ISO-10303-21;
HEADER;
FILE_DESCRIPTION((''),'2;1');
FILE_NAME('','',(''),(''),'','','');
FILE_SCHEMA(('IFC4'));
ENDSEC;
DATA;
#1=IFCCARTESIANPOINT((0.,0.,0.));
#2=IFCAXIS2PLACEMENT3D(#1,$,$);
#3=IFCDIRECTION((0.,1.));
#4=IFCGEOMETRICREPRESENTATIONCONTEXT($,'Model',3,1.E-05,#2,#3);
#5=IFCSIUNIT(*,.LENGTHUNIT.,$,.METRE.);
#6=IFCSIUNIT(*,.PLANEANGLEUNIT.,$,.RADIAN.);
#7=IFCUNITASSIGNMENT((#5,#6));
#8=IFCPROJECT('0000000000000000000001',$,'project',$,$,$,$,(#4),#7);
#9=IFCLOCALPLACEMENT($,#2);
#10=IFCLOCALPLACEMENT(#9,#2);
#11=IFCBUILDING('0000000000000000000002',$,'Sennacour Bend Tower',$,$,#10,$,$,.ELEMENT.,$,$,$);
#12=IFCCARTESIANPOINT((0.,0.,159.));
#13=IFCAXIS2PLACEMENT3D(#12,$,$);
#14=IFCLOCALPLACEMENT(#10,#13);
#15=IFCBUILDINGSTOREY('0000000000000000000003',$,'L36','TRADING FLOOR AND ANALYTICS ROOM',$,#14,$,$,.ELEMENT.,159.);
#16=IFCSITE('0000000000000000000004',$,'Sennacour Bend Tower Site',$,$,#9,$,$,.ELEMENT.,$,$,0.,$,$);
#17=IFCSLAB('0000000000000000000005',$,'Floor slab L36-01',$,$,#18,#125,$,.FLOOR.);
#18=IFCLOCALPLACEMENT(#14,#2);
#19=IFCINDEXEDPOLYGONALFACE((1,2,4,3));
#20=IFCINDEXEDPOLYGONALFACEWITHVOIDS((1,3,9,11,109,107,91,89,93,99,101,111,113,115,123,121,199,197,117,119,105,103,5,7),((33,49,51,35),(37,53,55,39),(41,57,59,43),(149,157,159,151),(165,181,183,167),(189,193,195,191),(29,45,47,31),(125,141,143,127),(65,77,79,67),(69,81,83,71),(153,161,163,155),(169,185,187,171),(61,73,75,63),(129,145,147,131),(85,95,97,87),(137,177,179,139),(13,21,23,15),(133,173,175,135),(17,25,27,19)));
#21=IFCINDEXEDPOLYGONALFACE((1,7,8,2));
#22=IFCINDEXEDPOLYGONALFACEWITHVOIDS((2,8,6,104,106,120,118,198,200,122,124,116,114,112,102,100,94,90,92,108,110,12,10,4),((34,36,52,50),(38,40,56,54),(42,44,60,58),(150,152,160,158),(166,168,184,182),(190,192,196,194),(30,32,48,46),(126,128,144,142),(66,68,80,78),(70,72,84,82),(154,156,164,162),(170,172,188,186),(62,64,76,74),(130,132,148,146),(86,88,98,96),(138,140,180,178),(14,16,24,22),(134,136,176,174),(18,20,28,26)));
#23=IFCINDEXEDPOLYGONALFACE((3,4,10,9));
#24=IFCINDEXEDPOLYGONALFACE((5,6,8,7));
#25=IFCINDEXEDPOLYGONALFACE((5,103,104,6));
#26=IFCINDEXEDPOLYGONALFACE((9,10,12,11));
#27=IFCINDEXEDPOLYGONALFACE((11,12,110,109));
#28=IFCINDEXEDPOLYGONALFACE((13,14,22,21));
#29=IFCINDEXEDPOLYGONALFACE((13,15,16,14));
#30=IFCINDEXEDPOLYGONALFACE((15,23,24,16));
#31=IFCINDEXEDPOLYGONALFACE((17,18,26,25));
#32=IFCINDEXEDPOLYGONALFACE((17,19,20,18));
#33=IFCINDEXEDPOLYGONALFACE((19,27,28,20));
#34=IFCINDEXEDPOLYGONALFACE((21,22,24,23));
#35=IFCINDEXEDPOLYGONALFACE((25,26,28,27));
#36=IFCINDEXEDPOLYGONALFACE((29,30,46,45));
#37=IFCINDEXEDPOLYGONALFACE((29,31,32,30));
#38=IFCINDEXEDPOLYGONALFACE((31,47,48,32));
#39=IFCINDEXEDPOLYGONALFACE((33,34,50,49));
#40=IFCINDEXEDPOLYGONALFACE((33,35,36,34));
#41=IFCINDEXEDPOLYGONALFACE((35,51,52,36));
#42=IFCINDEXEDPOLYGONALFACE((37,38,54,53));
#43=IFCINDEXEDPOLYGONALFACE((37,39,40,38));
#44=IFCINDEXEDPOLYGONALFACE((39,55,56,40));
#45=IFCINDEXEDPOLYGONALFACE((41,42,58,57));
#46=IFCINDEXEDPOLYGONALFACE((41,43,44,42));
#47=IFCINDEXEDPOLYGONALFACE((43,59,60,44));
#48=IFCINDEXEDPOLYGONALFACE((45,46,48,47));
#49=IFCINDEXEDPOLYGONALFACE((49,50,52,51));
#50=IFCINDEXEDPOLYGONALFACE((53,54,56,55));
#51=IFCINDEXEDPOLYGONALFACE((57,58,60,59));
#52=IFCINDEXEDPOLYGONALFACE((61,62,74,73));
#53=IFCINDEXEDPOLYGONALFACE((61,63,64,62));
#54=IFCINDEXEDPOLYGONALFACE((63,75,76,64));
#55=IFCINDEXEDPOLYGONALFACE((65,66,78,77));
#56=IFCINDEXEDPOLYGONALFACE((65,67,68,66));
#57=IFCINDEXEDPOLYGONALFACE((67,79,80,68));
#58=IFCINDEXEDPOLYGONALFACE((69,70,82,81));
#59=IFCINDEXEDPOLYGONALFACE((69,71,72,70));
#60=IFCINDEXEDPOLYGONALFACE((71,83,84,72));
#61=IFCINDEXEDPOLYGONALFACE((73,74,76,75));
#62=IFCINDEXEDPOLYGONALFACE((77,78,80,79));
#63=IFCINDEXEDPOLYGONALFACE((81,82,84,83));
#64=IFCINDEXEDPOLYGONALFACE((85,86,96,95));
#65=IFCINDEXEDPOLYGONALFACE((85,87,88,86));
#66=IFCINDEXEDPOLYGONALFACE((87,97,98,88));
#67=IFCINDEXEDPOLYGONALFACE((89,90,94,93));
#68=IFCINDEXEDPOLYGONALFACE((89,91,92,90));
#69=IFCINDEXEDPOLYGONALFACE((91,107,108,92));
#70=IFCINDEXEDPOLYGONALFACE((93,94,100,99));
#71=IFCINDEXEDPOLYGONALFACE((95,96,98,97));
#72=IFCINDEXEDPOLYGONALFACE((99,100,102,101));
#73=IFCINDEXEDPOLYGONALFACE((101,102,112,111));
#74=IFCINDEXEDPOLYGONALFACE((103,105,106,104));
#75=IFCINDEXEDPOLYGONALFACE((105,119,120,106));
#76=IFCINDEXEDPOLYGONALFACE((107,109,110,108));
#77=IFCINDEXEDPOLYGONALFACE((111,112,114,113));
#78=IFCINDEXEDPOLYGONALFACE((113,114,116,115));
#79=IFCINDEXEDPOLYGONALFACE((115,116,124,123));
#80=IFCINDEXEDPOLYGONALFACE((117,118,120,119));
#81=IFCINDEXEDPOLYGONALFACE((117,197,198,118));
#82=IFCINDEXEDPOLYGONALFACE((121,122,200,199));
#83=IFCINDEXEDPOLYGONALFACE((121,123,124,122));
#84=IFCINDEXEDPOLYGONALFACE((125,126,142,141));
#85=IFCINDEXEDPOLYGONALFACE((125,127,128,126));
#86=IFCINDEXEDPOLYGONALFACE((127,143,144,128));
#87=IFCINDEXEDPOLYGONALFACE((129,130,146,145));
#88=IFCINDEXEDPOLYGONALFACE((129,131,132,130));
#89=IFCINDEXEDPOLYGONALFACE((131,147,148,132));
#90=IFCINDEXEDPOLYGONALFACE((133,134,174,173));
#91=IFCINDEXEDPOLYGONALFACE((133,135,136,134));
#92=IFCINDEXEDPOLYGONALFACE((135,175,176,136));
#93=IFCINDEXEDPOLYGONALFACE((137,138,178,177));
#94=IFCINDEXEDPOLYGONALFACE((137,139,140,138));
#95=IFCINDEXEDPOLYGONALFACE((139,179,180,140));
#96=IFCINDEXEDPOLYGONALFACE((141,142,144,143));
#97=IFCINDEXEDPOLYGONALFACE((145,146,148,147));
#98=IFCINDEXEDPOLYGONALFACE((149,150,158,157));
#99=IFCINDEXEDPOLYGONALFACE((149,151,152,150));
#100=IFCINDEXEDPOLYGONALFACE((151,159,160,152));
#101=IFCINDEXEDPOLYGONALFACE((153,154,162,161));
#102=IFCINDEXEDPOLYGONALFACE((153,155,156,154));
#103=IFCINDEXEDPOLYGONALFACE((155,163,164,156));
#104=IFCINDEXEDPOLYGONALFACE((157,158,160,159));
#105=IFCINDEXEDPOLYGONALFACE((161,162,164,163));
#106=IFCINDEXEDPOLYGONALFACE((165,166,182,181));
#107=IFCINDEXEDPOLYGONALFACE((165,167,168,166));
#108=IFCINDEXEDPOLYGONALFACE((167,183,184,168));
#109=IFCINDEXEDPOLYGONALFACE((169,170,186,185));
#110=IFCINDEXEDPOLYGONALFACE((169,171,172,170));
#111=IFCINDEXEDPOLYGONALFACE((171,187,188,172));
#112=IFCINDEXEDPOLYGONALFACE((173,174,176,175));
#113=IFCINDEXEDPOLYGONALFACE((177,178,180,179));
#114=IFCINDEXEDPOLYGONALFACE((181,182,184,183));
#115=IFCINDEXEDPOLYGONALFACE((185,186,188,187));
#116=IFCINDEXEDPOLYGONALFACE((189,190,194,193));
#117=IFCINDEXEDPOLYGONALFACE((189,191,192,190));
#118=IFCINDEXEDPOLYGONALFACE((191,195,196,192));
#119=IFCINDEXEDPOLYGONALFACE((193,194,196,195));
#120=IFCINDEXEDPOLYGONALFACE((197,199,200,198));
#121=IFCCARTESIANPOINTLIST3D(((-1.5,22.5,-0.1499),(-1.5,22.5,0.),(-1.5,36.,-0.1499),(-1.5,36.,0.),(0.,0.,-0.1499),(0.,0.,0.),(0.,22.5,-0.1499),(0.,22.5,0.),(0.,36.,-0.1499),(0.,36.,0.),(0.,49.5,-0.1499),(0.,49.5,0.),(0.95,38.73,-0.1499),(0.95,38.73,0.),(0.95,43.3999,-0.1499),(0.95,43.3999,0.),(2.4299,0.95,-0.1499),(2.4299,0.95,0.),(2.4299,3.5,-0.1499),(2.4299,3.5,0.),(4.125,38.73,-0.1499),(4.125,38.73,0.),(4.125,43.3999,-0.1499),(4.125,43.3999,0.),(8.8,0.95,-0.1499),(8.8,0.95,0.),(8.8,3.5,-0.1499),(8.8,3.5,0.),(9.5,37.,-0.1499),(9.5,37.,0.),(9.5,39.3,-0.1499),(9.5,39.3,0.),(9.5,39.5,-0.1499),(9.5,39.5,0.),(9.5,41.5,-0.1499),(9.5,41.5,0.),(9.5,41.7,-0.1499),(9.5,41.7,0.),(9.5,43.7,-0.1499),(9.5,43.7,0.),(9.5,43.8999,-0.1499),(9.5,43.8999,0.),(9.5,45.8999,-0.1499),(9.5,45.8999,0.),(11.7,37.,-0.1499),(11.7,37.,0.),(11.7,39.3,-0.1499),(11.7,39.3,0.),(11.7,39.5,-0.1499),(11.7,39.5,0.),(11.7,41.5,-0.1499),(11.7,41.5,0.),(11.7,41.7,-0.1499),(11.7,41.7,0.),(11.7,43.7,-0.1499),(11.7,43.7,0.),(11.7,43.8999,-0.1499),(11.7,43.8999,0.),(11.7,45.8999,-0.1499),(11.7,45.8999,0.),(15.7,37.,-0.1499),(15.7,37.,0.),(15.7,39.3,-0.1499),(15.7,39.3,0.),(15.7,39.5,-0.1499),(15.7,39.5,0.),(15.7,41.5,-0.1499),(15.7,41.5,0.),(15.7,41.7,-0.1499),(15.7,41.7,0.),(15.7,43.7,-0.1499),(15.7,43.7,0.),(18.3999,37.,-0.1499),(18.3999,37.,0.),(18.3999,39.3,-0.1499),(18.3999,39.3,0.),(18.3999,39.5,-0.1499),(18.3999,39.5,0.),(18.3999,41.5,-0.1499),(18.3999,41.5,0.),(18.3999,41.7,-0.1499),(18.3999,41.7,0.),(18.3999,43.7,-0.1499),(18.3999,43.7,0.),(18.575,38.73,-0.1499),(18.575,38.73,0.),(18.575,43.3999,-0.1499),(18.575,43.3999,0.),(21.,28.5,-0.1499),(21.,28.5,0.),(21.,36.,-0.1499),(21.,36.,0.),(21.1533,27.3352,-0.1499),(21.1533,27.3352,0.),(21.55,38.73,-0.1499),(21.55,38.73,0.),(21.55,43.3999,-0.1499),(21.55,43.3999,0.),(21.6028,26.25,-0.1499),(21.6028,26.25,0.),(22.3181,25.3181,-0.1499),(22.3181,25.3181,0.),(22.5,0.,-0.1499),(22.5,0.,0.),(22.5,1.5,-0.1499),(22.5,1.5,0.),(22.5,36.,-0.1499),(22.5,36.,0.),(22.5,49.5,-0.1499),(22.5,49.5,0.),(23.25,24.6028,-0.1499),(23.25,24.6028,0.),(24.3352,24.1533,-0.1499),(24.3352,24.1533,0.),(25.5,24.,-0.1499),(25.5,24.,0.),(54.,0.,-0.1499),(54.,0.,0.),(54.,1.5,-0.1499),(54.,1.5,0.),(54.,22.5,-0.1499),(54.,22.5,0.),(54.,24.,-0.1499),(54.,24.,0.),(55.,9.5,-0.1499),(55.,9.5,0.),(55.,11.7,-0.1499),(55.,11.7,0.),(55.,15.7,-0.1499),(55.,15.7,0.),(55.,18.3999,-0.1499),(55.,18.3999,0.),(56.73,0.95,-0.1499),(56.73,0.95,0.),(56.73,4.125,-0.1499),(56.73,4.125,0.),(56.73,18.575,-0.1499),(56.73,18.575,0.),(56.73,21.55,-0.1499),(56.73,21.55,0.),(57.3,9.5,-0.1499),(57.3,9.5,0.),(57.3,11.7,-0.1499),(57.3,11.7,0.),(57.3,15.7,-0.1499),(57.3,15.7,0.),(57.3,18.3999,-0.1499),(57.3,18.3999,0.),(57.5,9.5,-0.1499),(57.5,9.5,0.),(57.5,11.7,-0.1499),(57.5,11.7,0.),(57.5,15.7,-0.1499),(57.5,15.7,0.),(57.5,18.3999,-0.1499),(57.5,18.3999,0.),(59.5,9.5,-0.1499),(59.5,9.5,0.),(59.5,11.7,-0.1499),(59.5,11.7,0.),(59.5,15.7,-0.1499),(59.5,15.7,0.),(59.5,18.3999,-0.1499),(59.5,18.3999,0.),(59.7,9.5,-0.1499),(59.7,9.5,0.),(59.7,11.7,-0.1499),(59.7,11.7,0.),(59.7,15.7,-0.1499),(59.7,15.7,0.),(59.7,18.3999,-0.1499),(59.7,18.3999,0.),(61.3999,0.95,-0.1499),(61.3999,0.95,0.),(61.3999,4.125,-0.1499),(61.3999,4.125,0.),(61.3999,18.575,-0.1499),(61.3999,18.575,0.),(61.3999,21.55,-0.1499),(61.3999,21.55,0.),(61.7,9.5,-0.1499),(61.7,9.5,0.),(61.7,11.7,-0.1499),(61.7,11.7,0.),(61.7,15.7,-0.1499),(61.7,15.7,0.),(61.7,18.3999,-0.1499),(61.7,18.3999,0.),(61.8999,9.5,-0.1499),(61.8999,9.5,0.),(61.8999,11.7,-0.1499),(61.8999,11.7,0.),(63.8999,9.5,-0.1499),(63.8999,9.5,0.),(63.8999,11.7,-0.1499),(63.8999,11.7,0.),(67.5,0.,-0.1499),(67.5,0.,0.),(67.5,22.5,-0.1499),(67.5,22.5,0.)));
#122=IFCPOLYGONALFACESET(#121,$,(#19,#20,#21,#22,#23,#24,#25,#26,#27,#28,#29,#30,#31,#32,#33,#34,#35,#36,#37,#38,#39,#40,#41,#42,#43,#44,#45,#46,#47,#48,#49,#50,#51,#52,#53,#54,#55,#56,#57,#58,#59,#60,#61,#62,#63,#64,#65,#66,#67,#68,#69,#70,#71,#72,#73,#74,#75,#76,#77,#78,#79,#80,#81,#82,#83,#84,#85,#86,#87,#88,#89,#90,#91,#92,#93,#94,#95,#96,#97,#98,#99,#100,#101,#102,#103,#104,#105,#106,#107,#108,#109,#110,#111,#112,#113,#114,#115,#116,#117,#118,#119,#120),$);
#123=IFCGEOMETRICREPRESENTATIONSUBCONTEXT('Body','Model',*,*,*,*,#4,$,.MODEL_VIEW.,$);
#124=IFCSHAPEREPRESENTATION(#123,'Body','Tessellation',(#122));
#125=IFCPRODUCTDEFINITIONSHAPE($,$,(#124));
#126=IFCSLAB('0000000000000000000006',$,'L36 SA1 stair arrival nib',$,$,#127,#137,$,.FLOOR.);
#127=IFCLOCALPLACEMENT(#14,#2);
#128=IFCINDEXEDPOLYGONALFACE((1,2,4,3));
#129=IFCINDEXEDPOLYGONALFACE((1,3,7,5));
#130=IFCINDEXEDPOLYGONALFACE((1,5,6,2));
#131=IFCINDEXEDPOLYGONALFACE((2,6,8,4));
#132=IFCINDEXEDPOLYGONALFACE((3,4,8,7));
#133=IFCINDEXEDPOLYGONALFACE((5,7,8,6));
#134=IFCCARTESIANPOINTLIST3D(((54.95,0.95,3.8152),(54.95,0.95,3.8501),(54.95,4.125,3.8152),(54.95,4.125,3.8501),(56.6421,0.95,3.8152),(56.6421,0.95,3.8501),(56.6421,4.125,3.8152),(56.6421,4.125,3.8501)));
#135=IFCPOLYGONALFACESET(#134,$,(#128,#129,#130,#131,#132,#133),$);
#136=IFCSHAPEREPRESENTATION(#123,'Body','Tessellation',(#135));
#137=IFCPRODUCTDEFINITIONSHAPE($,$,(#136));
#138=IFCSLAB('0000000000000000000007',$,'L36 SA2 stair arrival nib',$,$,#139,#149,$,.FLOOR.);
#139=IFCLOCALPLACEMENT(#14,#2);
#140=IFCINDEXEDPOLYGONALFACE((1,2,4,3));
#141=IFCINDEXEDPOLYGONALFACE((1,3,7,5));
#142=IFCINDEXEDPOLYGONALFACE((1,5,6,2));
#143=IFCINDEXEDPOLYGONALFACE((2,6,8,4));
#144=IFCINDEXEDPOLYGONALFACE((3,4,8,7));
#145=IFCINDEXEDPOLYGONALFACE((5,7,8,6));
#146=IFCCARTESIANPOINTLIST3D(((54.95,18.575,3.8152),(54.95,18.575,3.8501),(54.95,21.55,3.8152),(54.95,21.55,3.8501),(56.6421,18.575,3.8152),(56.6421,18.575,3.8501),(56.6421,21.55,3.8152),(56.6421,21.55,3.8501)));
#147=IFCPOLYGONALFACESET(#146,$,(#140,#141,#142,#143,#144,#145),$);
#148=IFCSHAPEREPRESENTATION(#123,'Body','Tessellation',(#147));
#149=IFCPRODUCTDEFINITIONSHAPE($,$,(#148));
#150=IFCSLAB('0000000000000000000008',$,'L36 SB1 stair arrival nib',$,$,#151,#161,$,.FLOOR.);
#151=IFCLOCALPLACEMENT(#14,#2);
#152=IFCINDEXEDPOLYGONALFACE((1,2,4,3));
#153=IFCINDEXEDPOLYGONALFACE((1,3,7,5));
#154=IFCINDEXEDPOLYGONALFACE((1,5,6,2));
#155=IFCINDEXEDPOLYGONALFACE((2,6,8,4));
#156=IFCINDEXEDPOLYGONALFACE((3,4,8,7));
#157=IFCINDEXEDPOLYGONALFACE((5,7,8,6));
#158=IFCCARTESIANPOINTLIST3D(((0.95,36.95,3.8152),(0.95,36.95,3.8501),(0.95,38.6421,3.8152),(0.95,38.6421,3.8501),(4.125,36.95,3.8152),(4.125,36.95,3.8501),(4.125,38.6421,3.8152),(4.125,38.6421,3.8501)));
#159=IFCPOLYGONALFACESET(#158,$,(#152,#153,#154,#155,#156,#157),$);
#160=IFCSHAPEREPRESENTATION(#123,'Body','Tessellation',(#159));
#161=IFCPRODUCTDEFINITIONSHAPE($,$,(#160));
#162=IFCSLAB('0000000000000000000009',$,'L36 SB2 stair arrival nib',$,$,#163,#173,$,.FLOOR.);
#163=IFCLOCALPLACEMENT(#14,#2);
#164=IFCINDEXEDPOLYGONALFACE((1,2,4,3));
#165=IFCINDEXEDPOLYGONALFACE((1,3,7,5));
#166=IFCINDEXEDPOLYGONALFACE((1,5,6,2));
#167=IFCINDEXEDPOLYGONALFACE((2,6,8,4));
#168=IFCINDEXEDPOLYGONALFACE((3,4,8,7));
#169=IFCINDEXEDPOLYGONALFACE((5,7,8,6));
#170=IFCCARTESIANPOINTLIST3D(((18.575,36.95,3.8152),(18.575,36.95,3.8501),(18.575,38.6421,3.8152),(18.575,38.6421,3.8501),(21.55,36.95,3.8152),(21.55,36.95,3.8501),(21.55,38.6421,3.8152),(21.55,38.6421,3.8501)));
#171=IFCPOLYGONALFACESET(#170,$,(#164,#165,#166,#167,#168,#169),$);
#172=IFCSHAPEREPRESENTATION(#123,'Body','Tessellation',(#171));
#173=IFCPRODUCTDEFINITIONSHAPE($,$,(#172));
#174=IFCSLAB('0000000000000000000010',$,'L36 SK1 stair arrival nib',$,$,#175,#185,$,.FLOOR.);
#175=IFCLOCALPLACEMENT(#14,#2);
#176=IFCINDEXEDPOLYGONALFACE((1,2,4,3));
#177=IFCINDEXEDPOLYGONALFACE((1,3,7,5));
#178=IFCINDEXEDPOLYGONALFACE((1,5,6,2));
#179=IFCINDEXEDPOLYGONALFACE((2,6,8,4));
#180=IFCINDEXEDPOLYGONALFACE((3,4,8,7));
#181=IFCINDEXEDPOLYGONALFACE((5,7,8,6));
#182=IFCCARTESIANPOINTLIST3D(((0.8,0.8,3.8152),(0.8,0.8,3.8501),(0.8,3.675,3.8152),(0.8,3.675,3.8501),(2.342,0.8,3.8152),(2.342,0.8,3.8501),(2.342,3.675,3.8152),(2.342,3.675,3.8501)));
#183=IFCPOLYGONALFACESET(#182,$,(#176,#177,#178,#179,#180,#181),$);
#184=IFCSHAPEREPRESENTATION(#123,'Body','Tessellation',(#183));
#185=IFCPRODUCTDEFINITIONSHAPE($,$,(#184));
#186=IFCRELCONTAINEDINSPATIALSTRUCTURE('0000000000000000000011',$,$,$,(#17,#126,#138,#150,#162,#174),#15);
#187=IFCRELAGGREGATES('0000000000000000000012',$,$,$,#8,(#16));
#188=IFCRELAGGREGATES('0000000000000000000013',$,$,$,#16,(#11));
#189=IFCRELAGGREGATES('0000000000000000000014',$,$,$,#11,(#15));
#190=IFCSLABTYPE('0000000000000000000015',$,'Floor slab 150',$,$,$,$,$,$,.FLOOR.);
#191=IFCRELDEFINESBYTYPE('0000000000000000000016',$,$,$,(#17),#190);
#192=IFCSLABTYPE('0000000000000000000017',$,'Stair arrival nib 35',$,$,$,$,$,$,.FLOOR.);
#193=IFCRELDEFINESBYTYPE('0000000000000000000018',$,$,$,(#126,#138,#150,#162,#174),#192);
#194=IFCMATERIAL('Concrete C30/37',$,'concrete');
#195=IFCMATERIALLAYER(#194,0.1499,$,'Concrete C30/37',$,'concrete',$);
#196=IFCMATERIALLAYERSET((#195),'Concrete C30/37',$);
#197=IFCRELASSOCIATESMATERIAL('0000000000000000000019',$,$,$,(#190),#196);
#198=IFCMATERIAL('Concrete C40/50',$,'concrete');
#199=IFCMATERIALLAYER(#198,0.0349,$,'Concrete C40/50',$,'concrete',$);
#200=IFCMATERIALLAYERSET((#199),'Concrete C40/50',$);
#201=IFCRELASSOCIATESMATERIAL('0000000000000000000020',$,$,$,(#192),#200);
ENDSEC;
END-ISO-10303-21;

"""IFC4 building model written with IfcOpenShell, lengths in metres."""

from ifc_helpers import new_model, si_unit, direction, frame, origin, place, context, subcontext, project, spatial, polyline, outline, extrude, material, layer, layer_set, type_object, element, save


model = new_model("IFC4")

# Units and contexts
model_context = context("Model", 3, precision=1e-05, world=origin(), true_north=direction((0.0, 1.0)))
body_context = subcontext(model_context, "Body", "Model", "MODEL_VIEW")
ifc_project = project(units=[si_unit("LENGTHUNIT", "METRE"), si_unit("PLANEANGLEUNIT", "RADIAN")], contexts=[model_context])

# Site, building, storey
site_placement = place(None, origin())
site = spatial("IfcSite", under=ifc_project, at=site_placement, Name="Sennacour Bend Tower Site", CompositionType="ELEMENT", RefElevation=0.0)
building_placement = place(site_placement, origin())
building = spatial("IfcBuilding", under=site, at=building_placement, Name="Sennacour Bend Tower", CompositionType="ELEMENT")
storey_placement = place(building_placement, frame((0.0, 0.0, 159.0)))
storey = spatial("IfcBuildingStorey", under=building, at=storey_placement, Name="L36", Description="TRADING FLOOR AND ANALYTICS ROOM", CompositionType="ELEMENT", Elevation=159.0)

# Slabs
ifc_material_1 = material(Name="Concrete C30/37", Category="concrete")
ifc_layer_1 = layer(ifc_material_1, 0.1499, Name="Concrete C30/37", Category="concrete")
ifc_layer_set_1 = layer_set([ifc_layer_1], Name="Concrete C30/37")
slab_type_1 = type_object("IfcSlabType", Name="Floor slab 150", PredefinedType="FLOOR", material=ifc_layer_set_1)
slab_1_placement = place(storey_placement, frame((0.0, 0.0, -0.1499)))
element("IfcSlab", 1, at=slab_1_placement, inside=storey, type_object=slab_type_1, Name="Floor slab L36-01", PredefinedType="FLOOR", context=body_context, shape_type="SweptSolid", body=[
    extrude(outline(polyline([(0.0, 22.5), (-1.5, 22.5), (-1.5, 36.0), (0.0, 36.0), (0.0, 49.5), (22.5, 49.5), (22.5, 36.0), (21.0, 36.0), (21.0, 28.5), (21.1533, 27.3352), (21.6028, 26.25), (22.3181, 25.3181), (23.25, 24.6028), (24.3352, 24.1533), (25.5, 24.0), (54.0, 24.0), (54.0, 22.5), (67.5, 22.5), (67.5, 0.0), (54.0, 0.0), (54.0, 1.5), (22.5, 1.5), (22.5, 0.0), (0.0, 0.0), (0.0, 22.5)]), holes=[polyline([(8.8, 0.95), (8.8, 3.5), (2.4299, 3.5), (2.4299, 0.95), (8.8, 0.95)]), polyline([(11.7, 37.0), (11.7, 39.3), (9.5, 39.3), (9.5, 37.0), (11.7, 37.0)]), polyline([(18.3999, 37.0), (18.3999, 39.3), (15.7, 39.3), (15.7, 37.0), (18.3999, 37.0)]), polyline([(11.7, 39.5), (11.7, 41.5), (9.5, 41.5), (9.5, 39.5), (11.7, 39.5)]), polyline([(18.3999, 39.5), (18.3999, 41.5), (15.7, 41.5), (15.7, 39.5), (18.3999, 39.5)]), polyline([(4.125, 38.73), (4.125, 43.3999), (0.95, 43.3999), (0.95, 38.73), (4.125, 38.73)]), polyline([(21.55, 38.73), (21.55, 43.3999), (18.575, 43.3999), (18.575, 38.73), (21.55, 38.73)]), polyline([(9.5, 41.7), (11.7, 41.7), (11.7, 43.7), (9.5, 43.7), (9.5, 41.7)]), polyline([(15.7, 41.7), (18.3999, 41.7), (18.3999, 43.7), (15.7, 43.7), (15.7, 41.7)]), polyline([(11.7, 43.8999), (11.7, 45.8999), (9.5, 45.8999), (9.5, 43.8999), (11.7, 43.8999)]), polyline([(61.3999, 0.95), (61.3999, 4.125), (56.73, 4.125), (56.73, 0.95), (61.3999, 0.95)]), polyline([(57.3, 9.5), (57.3, 11.7), (55.0, 11.7), (55.0, 9.5), (57.3, 9.5)]), polyline([(57.5, 9.5), (59.5, 9.5), (59.5, 11.7), (57.5, 11.7), (57.5, 9.5)]), polyline([(59.7, 9.5), (61.7, 9.5), (61.7, 11.7), (59.7, 11.7), (59.7, 9.5)]), polyline([(63.8999, 9.5), (63.8999, 11.7), (61.8999, 11.7), (61.8999, 9.5), (63.8999, 9.5)]), polyline([(57.3, 15.7), (57.3, 18.3999), (55.0, 18.3999), (55.0, 15.7), (57.3, 15.7)]), polyline([(59.5, 15.7), (59.5, 18.3999), (57.5, 18.3999), (57.5, 15.7), (59.5, 15.7)]), polyline([(59.7, 15.7), (61.7, 15.7), (61.7, 18.3999), (59.7, 18.3999), (59.7, 15.7)]), polyline([(56.73, 18.575), (61.3999, 18.575), (61.3999, 21.55), (56.73, 21.55), (56.73, 18.575)])]), origin(), (0.0, 0.0, 1.0), 0.1499),
])
ifc_material_2 = material(Name="Concrete C40/50", Category="concrete")
ifc_layer_2 = layer(ifc_material_2, 0.0349, Name="Concrete C40/50", Category="concrete")
ifc_layer_set_2 = layer_set([ifc_layer_2], Name="Concrete C40/50")
slab_type_2 = type_object("IfcSlabType", Name="Stair arrival nib 35", PredefinedType="FLOOR", material=ifc_layer_set_2)
slab_2_placement = place(storey_placement, frame((0.0, 0.0, 3.8152)))
element("IfcSlab", 2, at=slab_2_placement, inside=storey, type_object=slab_type_2, Name="L36 SA1 stair arrival nib", PredefinedType="FLOOR", context=body_context, shape_type="SweptSolid", body=[
    extrude(outline(polyline([(56.6421, 4.125), (54.95, 4.125), (54.95, 0.95), (56.6421, 0.95), (56.6421, 4.125)])), origin(), (0.0, 0.0, 1.0), 0.0349),
])
slab_3_placement = place(storey_placement, frame((0.0, 0.0, 3.8152)))
element("IfcSlab", 3, at=slab_3_placement, inside=storey, type_object=slab_type_2, Name="L36 SA2 stair arrival nib", PredefinedType="FLOOR", context=body_context, shape_type="SweptSolid", body=[
    extrude(outline(polyline([(56.6421, 21.55), (54.95, 21.55), (54.95, 18.575), (56.6421, 18.575), (56.6421, 21.55)])), origin(), (0.0, 0.0, 1.0), 0.0349),
])
slab_4_placement = place(storey_placement, frame((0.0, 0.0, 3.8152)))
element("IfcSlab", 4, at=slab_4_placement, inside=storey, type_object=slab_type_2, Name="L36 SB1 stair arrival nib", PredefinedType="FLOOR", context=body_context, shape_type="SweptSolid", body=[
    extrude(outline(polyline([(0.95, 38.6421), (0.95, 36.95), (4.125, 36.95), (4.125, 38.6421), (0.95, 38.6421)])), origin(), (0.0, 0.0, 1.0), 0.0349),
])
slab_5_placement = place(storey_placement, frame((0.0, 0.0, 3.8152)))
element("IfcSlab", 5, at=slab_5_placement, inside=storey, type_object=slab_type_2, Name="L36 SB2 stair arrival nib", PredefinedType="FLOOR", context=body_context, shape_type="SweptSolid", body=[
    extrude(outline(polyline([(18.575, 38.6421), (18.575, 36.95), (21.55, 36.95), (21.55, 38.6421), (18.575, 38.6421)])), origin(), (0.0, 0.0, 1.0), 0.0349),
])
slab_6_placement = place(storey_placement, frame((0.0, 0.0, 3.8152)))
element("IfcSlab", 6, at=slab_6_placement, inside=storey, type_object=slab_type_2, Name="L36 SK1 stair arrival nib", PredefinedType="FLOOR", context=body_context, shape_type="SweptSolid", body=[
    extrude(outline(polyline([(2.342, 3.675), (0.8, 3.675), (0.8, 0.8), (2.342, 0.8), (2.342, 3.675)])), origin(), (0.0, 0.0, 1.0), 0.0349),
])

save(model, "model.ifc")
